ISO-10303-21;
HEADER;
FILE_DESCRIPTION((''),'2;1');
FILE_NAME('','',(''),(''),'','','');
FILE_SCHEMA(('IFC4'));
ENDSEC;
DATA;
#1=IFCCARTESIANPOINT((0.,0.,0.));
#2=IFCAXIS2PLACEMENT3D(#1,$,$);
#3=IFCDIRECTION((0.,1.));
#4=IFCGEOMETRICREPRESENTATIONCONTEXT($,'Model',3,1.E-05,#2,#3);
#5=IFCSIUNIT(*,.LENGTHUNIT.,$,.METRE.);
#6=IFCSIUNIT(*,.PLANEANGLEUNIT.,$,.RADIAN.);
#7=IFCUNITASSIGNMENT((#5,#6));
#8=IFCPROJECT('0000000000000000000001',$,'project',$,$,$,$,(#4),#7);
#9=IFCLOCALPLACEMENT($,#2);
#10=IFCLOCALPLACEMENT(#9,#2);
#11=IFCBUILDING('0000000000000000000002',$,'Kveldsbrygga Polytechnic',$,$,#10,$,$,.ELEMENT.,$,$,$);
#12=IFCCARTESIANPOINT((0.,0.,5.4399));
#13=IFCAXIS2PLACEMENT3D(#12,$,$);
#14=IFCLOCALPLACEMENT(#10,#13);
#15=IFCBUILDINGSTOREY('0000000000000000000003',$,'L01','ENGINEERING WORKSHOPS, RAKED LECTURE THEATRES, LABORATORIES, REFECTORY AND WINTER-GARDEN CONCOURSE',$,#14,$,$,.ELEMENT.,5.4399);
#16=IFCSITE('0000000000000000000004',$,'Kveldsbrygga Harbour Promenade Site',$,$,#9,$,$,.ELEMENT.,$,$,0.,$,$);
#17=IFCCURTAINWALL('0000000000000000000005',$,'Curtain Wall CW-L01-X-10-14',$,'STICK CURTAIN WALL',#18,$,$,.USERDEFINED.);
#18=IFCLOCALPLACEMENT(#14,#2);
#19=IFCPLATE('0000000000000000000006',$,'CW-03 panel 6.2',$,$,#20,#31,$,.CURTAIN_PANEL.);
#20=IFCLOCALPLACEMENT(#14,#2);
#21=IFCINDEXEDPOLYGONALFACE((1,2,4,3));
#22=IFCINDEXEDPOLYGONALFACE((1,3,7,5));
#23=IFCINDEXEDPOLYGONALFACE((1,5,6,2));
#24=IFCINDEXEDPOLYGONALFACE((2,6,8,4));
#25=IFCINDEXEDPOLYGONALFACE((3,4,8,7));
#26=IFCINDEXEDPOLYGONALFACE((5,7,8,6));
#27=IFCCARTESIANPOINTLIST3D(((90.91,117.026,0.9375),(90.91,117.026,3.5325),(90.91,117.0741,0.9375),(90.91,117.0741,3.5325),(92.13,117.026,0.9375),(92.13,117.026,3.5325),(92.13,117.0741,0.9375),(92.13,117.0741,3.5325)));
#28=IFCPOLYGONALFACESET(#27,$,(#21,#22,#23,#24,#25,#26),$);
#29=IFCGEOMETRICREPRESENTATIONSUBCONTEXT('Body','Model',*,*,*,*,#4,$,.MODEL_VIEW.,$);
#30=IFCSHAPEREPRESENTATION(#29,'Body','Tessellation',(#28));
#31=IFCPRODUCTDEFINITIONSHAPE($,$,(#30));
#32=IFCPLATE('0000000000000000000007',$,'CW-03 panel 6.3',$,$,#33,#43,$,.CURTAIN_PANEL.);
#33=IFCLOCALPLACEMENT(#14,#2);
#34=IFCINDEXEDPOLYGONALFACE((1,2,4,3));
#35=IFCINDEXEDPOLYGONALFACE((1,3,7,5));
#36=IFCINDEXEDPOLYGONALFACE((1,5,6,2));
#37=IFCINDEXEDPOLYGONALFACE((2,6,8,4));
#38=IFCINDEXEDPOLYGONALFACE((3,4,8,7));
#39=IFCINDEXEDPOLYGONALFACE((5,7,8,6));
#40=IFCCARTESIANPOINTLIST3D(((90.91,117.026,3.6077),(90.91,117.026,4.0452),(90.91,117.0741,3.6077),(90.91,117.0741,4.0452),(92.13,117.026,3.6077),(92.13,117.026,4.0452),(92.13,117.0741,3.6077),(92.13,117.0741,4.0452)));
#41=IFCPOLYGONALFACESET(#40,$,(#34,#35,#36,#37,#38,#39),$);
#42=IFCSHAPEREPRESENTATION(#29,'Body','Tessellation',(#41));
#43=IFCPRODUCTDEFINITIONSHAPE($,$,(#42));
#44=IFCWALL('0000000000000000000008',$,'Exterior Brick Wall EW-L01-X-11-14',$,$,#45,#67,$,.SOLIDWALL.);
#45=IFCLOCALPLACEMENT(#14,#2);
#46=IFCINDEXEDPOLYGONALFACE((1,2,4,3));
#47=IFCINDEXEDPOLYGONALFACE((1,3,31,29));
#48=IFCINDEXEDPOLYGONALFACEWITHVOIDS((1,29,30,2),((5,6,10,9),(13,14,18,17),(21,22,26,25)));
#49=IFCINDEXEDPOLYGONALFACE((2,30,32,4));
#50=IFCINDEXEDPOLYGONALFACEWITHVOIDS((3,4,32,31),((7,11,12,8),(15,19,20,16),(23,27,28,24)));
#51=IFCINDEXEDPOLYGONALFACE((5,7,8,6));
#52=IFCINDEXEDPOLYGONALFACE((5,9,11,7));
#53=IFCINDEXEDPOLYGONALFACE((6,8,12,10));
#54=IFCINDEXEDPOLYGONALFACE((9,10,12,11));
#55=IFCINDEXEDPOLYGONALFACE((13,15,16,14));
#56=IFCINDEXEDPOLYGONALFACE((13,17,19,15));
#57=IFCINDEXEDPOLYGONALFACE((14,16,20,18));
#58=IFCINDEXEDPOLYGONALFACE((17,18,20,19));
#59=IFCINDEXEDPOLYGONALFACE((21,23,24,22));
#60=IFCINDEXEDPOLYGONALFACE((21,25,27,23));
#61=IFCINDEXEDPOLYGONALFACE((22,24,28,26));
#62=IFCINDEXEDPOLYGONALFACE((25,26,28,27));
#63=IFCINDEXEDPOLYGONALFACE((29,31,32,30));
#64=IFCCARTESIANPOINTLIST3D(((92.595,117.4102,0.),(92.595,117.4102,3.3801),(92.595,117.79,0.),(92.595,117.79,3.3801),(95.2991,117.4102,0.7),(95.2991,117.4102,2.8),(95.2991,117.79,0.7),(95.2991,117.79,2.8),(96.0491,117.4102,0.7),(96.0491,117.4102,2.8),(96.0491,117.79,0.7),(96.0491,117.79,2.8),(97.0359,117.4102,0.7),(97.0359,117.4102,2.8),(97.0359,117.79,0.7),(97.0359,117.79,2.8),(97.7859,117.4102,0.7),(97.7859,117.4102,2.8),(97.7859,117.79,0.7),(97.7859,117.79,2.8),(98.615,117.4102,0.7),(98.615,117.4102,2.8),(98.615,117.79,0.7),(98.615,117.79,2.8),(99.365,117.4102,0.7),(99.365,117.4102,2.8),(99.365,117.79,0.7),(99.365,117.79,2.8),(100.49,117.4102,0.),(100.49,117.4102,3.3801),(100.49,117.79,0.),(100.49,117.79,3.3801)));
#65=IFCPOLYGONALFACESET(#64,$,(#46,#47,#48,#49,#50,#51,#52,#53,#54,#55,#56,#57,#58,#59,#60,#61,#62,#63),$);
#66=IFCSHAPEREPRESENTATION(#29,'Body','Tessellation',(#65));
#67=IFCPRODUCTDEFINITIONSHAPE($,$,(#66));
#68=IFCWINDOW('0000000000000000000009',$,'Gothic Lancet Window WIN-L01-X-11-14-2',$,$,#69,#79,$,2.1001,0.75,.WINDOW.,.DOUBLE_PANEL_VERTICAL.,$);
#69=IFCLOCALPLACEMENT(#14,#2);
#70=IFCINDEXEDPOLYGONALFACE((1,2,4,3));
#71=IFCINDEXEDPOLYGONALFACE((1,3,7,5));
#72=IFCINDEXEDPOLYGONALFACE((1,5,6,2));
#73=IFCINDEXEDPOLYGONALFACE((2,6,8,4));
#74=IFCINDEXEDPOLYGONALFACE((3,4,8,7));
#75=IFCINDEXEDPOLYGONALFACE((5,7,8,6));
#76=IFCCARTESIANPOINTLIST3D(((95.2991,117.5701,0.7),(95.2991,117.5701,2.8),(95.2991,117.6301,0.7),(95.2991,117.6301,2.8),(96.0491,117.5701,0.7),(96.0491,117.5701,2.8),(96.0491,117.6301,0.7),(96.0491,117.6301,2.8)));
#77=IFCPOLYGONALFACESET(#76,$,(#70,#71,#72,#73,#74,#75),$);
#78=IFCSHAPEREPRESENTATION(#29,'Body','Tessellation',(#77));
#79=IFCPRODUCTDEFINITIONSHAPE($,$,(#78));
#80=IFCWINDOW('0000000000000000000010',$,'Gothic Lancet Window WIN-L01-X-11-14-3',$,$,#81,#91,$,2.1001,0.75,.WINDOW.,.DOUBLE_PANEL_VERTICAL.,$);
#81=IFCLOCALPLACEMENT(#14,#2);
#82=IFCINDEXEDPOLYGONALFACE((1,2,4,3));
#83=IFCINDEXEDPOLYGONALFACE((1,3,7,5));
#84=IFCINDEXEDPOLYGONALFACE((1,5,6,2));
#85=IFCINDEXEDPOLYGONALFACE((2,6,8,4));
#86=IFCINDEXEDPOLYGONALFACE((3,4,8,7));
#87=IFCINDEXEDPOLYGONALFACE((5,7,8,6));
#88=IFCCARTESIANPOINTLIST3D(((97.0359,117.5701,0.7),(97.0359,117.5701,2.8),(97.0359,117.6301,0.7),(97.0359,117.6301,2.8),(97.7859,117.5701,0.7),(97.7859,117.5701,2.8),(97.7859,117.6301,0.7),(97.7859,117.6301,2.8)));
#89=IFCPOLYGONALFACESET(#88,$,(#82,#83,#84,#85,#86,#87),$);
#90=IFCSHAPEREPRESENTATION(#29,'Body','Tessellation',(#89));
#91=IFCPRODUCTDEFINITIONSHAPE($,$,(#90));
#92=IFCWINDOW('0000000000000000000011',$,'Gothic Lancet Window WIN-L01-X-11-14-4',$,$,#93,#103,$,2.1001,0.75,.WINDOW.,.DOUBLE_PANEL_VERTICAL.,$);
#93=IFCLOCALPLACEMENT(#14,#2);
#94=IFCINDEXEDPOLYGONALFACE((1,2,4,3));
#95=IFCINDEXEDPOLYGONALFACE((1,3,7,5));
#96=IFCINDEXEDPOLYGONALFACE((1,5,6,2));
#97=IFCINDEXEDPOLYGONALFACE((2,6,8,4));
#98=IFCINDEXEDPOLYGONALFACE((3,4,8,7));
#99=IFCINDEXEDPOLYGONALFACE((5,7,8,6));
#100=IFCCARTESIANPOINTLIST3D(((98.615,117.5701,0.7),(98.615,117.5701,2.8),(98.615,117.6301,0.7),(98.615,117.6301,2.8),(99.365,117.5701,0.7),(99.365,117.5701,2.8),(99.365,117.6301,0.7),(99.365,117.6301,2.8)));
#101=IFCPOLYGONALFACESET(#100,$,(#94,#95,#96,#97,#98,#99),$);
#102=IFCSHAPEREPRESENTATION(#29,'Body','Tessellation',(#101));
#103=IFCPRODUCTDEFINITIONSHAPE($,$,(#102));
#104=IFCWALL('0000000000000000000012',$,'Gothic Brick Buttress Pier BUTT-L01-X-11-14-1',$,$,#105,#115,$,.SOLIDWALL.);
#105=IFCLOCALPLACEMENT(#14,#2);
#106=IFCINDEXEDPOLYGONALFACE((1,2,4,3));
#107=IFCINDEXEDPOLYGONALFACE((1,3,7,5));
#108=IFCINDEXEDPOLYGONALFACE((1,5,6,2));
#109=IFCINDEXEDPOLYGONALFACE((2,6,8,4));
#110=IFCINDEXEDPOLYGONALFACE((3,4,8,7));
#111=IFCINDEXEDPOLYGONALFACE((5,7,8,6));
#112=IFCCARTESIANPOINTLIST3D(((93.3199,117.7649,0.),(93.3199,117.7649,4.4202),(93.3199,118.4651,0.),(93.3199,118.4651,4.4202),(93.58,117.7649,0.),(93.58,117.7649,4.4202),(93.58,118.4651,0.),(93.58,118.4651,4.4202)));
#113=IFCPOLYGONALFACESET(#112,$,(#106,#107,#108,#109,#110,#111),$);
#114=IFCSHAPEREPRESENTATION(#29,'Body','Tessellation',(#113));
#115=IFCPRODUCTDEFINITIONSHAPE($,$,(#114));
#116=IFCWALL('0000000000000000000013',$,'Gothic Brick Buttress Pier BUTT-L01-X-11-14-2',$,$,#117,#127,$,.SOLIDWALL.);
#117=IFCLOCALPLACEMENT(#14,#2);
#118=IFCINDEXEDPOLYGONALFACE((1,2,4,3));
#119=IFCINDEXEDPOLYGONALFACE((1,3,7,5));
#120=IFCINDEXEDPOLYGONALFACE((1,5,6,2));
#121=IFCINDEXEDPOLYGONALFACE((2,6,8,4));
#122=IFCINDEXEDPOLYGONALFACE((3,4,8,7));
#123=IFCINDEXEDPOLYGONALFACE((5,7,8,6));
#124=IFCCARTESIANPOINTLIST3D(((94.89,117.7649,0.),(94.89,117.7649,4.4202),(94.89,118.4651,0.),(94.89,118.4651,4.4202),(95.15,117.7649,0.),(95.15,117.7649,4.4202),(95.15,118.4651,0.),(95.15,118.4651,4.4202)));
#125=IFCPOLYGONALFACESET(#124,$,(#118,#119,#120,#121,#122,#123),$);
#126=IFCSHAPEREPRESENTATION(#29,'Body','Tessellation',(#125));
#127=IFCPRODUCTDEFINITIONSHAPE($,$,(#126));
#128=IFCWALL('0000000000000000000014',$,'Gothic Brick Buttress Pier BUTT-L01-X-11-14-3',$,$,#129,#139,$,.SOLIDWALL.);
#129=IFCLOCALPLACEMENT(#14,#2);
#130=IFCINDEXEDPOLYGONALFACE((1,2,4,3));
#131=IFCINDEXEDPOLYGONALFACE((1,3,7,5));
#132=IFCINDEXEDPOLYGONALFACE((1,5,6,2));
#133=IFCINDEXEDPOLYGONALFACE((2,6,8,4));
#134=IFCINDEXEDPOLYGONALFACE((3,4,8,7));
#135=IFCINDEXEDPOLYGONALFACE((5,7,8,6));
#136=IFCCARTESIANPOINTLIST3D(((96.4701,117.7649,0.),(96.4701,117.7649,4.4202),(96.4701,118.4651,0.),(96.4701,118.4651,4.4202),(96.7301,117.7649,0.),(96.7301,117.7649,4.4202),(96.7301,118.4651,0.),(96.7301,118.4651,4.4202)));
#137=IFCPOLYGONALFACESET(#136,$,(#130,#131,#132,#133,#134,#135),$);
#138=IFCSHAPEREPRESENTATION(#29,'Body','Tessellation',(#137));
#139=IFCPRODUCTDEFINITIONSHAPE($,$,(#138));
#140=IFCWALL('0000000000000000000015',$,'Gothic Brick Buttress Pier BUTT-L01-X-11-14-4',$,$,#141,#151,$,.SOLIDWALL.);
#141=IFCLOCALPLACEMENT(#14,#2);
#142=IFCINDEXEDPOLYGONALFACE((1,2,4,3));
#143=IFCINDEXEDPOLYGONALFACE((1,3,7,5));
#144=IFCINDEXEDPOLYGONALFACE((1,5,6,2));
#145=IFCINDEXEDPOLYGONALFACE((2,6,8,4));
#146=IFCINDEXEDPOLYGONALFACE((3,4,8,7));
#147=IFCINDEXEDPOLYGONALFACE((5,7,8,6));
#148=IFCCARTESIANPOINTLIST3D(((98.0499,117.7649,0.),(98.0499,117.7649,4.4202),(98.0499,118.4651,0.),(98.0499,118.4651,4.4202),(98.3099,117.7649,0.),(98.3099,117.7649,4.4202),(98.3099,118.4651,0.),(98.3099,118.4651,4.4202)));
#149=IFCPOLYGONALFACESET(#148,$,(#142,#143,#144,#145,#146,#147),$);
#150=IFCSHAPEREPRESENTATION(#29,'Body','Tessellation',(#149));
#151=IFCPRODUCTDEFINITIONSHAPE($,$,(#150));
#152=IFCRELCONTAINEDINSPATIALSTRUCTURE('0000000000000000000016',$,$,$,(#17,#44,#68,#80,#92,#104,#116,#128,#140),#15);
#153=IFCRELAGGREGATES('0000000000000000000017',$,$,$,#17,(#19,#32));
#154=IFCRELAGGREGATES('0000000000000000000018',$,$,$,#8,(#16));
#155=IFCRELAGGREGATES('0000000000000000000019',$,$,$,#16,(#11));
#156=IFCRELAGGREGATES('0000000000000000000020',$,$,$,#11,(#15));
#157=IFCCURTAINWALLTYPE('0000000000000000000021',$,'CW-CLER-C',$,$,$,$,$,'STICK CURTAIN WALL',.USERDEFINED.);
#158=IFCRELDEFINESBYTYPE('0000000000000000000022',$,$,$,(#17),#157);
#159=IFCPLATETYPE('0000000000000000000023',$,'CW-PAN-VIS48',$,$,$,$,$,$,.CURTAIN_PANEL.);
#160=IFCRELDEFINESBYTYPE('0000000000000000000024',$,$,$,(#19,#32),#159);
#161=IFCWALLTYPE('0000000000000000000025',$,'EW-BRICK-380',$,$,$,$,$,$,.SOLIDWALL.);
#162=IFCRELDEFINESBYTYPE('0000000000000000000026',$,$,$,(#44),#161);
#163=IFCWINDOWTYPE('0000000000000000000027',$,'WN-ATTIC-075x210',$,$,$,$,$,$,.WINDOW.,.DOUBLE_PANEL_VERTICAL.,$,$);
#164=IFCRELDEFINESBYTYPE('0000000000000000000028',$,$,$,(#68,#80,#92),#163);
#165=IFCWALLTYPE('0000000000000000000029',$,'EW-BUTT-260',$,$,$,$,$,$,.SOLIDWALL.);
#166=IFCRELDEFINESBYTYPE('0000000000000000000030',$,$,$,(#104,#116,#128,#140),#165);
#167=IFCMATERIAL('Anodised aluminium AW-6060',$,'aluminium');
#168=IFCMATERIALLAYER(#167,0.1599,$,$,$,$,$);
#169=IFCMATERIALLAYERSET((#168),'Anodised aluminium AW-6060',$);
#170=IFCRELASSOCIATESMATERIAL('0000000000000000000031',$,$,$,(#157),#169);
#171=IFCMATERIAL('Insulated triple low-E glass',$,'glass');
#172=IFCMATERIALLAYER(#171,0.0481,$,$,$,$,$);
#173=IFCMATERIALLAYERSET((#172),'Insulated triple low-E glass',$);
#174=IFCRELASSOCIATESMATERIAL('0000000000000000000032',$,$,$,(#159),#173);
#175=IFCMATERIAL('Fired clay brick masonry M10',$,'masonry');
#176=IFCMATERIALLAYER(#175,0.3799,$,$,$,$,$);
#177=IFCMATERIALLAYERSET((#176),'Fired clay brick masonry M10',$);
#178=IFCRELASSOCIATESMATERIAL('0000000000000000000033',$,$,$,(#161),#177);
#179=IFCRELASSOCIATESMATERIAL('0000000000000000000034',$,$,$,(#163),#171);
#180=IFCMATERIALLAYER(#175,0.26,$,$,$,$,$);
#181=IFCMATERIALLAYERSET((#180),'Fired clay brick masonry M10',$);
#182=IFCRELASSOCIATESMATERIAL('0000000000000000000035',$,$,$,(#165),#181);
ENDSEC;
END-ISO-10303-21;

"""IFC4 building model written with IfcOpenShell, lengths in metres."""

from ifc_helpers import new_model, si_unit, direction, frame, frame_2d, origin, origin_2d, place, context, subcontext, project, spatial, rectangle, extrude, material, layer, layer_set, type_object, element, fill, aggregate, save


model = new_model("IFC4")

# Units and contexts
model_context = context("Model", 3, precision=1e-05, world=origin(), true_north=direction((0.0, 1.0)))
body_context = subcontext(model_context, "Body", "Model", "MODEL_VIEW")
ifc_project = project(units=[si_unit("LENGTHUNIT", "METRE"), si_unit("PLANEANGLEUNIT", "RADIAN")], contexts=[model_context])

# Site, building, storey
site_placement = place(None, origin())
site = spatial("IfcSite", under=ifc_project, at=site_placement, Name="Kveldsbrygga Harbour Promenade Site", CompositionType="ELEMENT", RefElevation=0.0)
building_placement = place(site_placement, origin())
building = spatial("IfcBuilding", under=site, at=building_placement, Name="Kveldsbrygga Polytechnic", CompositionType="ELEMENT")
storey_placement = place(building_placement, frame((0.0, 0.0, 5.4399)))
storey = spatial("IfcBuildingStorey", under=building, at=storey_placement, Name="L01", Description="ENGINEERING WORKSHOPS, RAKED LECTURE THEATRES, LABORATORIES, REFECTORY AND WINTER-GARDEN CONCOURSE", CompositionType="ELEMENT", Elevation=5.4399)

# Curtain wall
ifc_material_1 = material(Name="Anodised aluminium AW-6060", Category="aluminium")
ifc_layer_1 = layer(ifc_material_1, 0.1599)
ifc_layer_set_1 = layer_set([ifc_layer_1], Name="Anodised aluminium AW-6060")
curtain_wall_type = type_object("IfcCurtainWallType", Name="CW-CLER-C", ElementType="STICK CURTAIN WALL", PredefinedType="USERDEFINED", material=ifc_layer_set_1)
curtain_wall_placement = place(storey_placement, origin())
curtain_wall = element("IfcCurtainWall", 1, at=curtain_wall_placement, inside=storey, type_object=curtain_wall_type, Name="Curtain Wall CW-L01-X-10-14", ObjectType="STICK CURTAIN WALL", PredefinedType="USERDEFINED")

# Plates
ifc_material_2 = material(Name="Insulated triple low-E glass", Category="glass")
ifc_layer_2 = layer(ifc_material_2, 0.0481)
ifc_layer_set_2 = layer_set([ifc_layer_2], Name="Insulated triple low-E glass")
plate_type = type_object("IfcPlateType", Name="CW-PAN-VIS48", PredefinedType="CURTAIN_PANEL", material=ifc_layer_set_2)
plate_1_placement = place(storey_placement, frame((91.52, 117.05, 0.9375), z_axis=(0.0, 0.0, 1.0), x_axis=(1.0, 0.0, 0.0)))
plate_1 = element("IfcPlate", 2, at=plate_1_placement, type_object=plate_type, Name="CW-03 panel 6.2", PredefinedType="CURTAIN_PANEL", context=body_context, shape_type="SweptSolid", body=[
    extrude(rectangle(XDim=1.22, YDim=0.0481, at=origin_2d()), origin(), (0.0, 0.0, 1.0), 2.595),
])
plate_2_placement = place(storey_placement, frame((91.52, 117.05, 3.6077), z_axis=(0.0, 0.0, 1.0), x_axis=(1.0, 0.0, 0.0)))
plate_2 = element("IfcPlate", 3, at=plate_2_placement, type_object=plate_type, Name="CW-03 panel 6.3", PredefinedType="CURTAIN_PANEL", context=body_context, shape_type="SweptSolid", body=[
    extrude(rectangle(XDim=1.22, YDim=0.0481, at=origin_2d()), origin(), (0.0, 0.0, 1.0), 0.4375),
])
aggregate(curtain_wall, [plate_1, plate_2])

# Wall, openings, windows
ifc_material_3 = material(Name="Fired clay brick masonry M10", Category="masonry")
ifc_layer_3 = layer(ifc_material_3, 0.3799)
ifc_layer_set_3 = layer_set([ifc_layer_3], Name="Fired clay brick masonry M10")
wall_type_1 = type_object("IfcWallType", Name="EW-BRICK-380", PredefinedType="SOLIDWALL", material=ifc_layer_set_3)
wall_placement = place(storey_placement, frame((92.595, 117.6001, 0.0), z_axis=(0.0, 0.0, 1.0), x_axis=(1.0, 0.0, 0.0)))
wall = element("IfcWall", 4, at=wall_placement, inside=storey, type_object=wall_type_1, Name="Exterior Brick Wall EW-L01-X-11-14", PredefinedType="SOLIDWALL", context=body_context, shape_type="SweptSolid", body=[
    extrude(rectangle(XDim=7.895, YDim=0.3799, at=frame_2d((3.9475, 0.0))), origin(), (0.0, 0.0, 1.0), 3.3801),
])
opening_1_placement = place(wall_placement, frame((2.7041, 0.0, 0.7)))
opening_1 = element("IfcOpeningElement", 5, at=opening_1_placement, cuts=wall, PredefinedType="OPENING", context=body_context, shape_type="SweptSolid", body=[
    extrude(rectangle(XDim=0.75, YDim=2.1001, at=frame_2d((0.375, 1.05))), frame((0.0, 0.2, 0.0), z_axis=(0.0, -1.0, 0.0), x_axis=(1.0, 0.0, 0.0)), (0.0, 0.0, 1.0), 0.3999),
])
opening_2_placement = place(wall_placement, frame((4.4409, 0.0, 0.7)))
opening_2 = element("IfcOpeningElement", 6, at=opening_2_placement, cuts=wall, PredefinedType="OPENING", context=body_context, shape_type="SweptSolid", body=[
    extrude(rectangle(XDim=0.75, YDim=2.1001, at=frame_2d((0.375, 1.05))), frame((0.0, 0.2, 0.0), z_axis=(0.0, -1.0, 0.0), x_axis=(1.0, 0.0, 0.0)), (0.0, 0.0, 1.0), 0.3999),
])
opening_3_placement = place(wall_placement, frame((6.02, 0.0, 0.7)))
opening_3 = element("IfcOpeningElement", 7, at=opening_3_placement, cuts=wall, PredefinedType="OPENING", context=body_context, shape_type="SweptSolid", body=[
    extrude(rectangle(XDim=0.75, YDim=2.1001, at=frame_2d((0.375, 1.05))), frame((0.0, 0.2, 0.0), z_axis=(0.0, -1.0, 0.0), x_axis=(1.0, 0.0, 0.0)), (0.0, 0.0, 1.0), 0.3999),
])
window_type = type_object("IfcWindowType", Name="WN-ATTIC-075x210", PartitioningType="DOUBLE_PANEL_VERTICAL", PredefinedType="WINDOW", material=ifc_material_2)
window_1_placement = place(opening_1_placement, origin())
window_1 = element("IfcWindow", 8, at=window_1_placement, inside=storey, type_object=window_type, Name="Gothic Lancet Window WIN-L01-X-11-14-2", OverallHeight=2.1001, OverallWidth=0.75, PartitioningType="DOUBLE_PANEL_VERTICAL", PredefinedType="WINDOW", context=body_context, shape_type="SweptSolid", body=[
    extrude(rectangle(XDim=0.75, YDim=2.1001, at=frame_2d((0.375, 1.05))), frame((0.0, 0.03, 0.0), z_axis=(0.0, -1.0, 0.0), x_axis=(1.0, 0.0, 0.0)), (0.0, 0.0, 1.0), 0.0601),
])
fill(opening_1, window_1)
window_2_placement = place(opening_2_placement, origin())
window_2 = element("IfcWindow", 9, at=window_2_placement, inside=storey, type_object=window_type, Name="Gothic Lancet Window WIN-L01-X-11-14-3", OverallHeight=2.1001, OverallWidth=0.75, PartitioningType="DOUBLE_PANEL_VERTICAL", PredefinedType="WINDOW", context=body_context, shape_type="SweptSolid", body=[
    extrude(rectangle(XDim=0.75, YDim=2.1001, at=frame_2d((0.375, 1.05))), frame((0.0, 0.03, 0.0), z_axis=(0.0, -1.0, 0.0), x_axis=(1.0, 0.0, 0.0)), (0.0, 0.0, 1.0), 0.0601),
])
fill(opening_2, window_2)
window_3_placement = place(opening_3_placement, origin())
window_3 = element("IfcWindow", 10, at=window_3_placement, inside=storey, type_object=window_type, Name="Gothic Lancet Window WIN-L01-X-11-14-4", OverallHeight=2.1001, OverallWidth=0.75, PartitioningType="DOUBLE_PANEL_VERTICAL", PredefinedType="WINDOW", context=body_context, shape_type="SweptSolid", body=[
    extrude(rectangle(XDim=0.75, YDim=2.1001, at=frame_2d((0.375, 1.05))), frame((0.0, 0.03, 0.0), z_axis=(0.0, -1.0, 0.0), x_axis=(1.0, 0.0, 0.0)), (0.0, 0.0, 1.0), 0.0601),
])
fill(opening_3, window_3)

# Walls
ifc_layer_4 = layer(ifc_material_3, 0.26)
ifc_layer_set_4 = layer_set([ifc_layer_4], Name="Fired clay brick masonry M10")
wall_type_2 = type_object("IfcWallType", Name="EW-BUTT-260", PredefinedType="SOLIDWALL", material=ifc_layer_set_4)
for number, where, z_axis, x_axis, name in (
    (11, (93.45, 117.7649, 0.0), (0.0, 0.0, 1.0), (0.0, 1.0, 0.0), "Gothic Brick Buttress Pier BUTT-L01-X-11-14-1"),
    (12, (95.02, 117.7649, 0.0), (0.0, 0.0, 1.0), (0.0, 1.0, 0.0), "Gothic Brick Buttress Pier BUTT-L01-X-11-14-2"),
    (13, (96.6001, 117.7649, 0.0), (0.0, 0.0, 1.0), (0.0, 1.0, 0.0), "Gothic Brick Buttress Pier BUTT-L01-X-11-14-3"),
    (14, (98.1799, 117.7649, 0.0), (0.0, 0.0, 1.0), (0.0, 1.0, 0.0), "Gothic Brick Buttress Pier BUTT-L01-X-11-14-4"),
):
    element("IfcWall", number, at=place(storey_placement, frame(where, z_axis=z_axis, x_axis=x_axis)), inside=storey, type_object=wall_type_2, Name=name, PredefinedType="SOLIDWALL", context=body_context, shape_type="SweptSolid", body=[
        extrude(rectangle(XDim=0.7002, YDim=0.26, at=frame_2d((0.3501, 0.0))), origin(), (0.0, 0.0, 1.0), 4.4202),
    ])

save(model, "model.ifc")
